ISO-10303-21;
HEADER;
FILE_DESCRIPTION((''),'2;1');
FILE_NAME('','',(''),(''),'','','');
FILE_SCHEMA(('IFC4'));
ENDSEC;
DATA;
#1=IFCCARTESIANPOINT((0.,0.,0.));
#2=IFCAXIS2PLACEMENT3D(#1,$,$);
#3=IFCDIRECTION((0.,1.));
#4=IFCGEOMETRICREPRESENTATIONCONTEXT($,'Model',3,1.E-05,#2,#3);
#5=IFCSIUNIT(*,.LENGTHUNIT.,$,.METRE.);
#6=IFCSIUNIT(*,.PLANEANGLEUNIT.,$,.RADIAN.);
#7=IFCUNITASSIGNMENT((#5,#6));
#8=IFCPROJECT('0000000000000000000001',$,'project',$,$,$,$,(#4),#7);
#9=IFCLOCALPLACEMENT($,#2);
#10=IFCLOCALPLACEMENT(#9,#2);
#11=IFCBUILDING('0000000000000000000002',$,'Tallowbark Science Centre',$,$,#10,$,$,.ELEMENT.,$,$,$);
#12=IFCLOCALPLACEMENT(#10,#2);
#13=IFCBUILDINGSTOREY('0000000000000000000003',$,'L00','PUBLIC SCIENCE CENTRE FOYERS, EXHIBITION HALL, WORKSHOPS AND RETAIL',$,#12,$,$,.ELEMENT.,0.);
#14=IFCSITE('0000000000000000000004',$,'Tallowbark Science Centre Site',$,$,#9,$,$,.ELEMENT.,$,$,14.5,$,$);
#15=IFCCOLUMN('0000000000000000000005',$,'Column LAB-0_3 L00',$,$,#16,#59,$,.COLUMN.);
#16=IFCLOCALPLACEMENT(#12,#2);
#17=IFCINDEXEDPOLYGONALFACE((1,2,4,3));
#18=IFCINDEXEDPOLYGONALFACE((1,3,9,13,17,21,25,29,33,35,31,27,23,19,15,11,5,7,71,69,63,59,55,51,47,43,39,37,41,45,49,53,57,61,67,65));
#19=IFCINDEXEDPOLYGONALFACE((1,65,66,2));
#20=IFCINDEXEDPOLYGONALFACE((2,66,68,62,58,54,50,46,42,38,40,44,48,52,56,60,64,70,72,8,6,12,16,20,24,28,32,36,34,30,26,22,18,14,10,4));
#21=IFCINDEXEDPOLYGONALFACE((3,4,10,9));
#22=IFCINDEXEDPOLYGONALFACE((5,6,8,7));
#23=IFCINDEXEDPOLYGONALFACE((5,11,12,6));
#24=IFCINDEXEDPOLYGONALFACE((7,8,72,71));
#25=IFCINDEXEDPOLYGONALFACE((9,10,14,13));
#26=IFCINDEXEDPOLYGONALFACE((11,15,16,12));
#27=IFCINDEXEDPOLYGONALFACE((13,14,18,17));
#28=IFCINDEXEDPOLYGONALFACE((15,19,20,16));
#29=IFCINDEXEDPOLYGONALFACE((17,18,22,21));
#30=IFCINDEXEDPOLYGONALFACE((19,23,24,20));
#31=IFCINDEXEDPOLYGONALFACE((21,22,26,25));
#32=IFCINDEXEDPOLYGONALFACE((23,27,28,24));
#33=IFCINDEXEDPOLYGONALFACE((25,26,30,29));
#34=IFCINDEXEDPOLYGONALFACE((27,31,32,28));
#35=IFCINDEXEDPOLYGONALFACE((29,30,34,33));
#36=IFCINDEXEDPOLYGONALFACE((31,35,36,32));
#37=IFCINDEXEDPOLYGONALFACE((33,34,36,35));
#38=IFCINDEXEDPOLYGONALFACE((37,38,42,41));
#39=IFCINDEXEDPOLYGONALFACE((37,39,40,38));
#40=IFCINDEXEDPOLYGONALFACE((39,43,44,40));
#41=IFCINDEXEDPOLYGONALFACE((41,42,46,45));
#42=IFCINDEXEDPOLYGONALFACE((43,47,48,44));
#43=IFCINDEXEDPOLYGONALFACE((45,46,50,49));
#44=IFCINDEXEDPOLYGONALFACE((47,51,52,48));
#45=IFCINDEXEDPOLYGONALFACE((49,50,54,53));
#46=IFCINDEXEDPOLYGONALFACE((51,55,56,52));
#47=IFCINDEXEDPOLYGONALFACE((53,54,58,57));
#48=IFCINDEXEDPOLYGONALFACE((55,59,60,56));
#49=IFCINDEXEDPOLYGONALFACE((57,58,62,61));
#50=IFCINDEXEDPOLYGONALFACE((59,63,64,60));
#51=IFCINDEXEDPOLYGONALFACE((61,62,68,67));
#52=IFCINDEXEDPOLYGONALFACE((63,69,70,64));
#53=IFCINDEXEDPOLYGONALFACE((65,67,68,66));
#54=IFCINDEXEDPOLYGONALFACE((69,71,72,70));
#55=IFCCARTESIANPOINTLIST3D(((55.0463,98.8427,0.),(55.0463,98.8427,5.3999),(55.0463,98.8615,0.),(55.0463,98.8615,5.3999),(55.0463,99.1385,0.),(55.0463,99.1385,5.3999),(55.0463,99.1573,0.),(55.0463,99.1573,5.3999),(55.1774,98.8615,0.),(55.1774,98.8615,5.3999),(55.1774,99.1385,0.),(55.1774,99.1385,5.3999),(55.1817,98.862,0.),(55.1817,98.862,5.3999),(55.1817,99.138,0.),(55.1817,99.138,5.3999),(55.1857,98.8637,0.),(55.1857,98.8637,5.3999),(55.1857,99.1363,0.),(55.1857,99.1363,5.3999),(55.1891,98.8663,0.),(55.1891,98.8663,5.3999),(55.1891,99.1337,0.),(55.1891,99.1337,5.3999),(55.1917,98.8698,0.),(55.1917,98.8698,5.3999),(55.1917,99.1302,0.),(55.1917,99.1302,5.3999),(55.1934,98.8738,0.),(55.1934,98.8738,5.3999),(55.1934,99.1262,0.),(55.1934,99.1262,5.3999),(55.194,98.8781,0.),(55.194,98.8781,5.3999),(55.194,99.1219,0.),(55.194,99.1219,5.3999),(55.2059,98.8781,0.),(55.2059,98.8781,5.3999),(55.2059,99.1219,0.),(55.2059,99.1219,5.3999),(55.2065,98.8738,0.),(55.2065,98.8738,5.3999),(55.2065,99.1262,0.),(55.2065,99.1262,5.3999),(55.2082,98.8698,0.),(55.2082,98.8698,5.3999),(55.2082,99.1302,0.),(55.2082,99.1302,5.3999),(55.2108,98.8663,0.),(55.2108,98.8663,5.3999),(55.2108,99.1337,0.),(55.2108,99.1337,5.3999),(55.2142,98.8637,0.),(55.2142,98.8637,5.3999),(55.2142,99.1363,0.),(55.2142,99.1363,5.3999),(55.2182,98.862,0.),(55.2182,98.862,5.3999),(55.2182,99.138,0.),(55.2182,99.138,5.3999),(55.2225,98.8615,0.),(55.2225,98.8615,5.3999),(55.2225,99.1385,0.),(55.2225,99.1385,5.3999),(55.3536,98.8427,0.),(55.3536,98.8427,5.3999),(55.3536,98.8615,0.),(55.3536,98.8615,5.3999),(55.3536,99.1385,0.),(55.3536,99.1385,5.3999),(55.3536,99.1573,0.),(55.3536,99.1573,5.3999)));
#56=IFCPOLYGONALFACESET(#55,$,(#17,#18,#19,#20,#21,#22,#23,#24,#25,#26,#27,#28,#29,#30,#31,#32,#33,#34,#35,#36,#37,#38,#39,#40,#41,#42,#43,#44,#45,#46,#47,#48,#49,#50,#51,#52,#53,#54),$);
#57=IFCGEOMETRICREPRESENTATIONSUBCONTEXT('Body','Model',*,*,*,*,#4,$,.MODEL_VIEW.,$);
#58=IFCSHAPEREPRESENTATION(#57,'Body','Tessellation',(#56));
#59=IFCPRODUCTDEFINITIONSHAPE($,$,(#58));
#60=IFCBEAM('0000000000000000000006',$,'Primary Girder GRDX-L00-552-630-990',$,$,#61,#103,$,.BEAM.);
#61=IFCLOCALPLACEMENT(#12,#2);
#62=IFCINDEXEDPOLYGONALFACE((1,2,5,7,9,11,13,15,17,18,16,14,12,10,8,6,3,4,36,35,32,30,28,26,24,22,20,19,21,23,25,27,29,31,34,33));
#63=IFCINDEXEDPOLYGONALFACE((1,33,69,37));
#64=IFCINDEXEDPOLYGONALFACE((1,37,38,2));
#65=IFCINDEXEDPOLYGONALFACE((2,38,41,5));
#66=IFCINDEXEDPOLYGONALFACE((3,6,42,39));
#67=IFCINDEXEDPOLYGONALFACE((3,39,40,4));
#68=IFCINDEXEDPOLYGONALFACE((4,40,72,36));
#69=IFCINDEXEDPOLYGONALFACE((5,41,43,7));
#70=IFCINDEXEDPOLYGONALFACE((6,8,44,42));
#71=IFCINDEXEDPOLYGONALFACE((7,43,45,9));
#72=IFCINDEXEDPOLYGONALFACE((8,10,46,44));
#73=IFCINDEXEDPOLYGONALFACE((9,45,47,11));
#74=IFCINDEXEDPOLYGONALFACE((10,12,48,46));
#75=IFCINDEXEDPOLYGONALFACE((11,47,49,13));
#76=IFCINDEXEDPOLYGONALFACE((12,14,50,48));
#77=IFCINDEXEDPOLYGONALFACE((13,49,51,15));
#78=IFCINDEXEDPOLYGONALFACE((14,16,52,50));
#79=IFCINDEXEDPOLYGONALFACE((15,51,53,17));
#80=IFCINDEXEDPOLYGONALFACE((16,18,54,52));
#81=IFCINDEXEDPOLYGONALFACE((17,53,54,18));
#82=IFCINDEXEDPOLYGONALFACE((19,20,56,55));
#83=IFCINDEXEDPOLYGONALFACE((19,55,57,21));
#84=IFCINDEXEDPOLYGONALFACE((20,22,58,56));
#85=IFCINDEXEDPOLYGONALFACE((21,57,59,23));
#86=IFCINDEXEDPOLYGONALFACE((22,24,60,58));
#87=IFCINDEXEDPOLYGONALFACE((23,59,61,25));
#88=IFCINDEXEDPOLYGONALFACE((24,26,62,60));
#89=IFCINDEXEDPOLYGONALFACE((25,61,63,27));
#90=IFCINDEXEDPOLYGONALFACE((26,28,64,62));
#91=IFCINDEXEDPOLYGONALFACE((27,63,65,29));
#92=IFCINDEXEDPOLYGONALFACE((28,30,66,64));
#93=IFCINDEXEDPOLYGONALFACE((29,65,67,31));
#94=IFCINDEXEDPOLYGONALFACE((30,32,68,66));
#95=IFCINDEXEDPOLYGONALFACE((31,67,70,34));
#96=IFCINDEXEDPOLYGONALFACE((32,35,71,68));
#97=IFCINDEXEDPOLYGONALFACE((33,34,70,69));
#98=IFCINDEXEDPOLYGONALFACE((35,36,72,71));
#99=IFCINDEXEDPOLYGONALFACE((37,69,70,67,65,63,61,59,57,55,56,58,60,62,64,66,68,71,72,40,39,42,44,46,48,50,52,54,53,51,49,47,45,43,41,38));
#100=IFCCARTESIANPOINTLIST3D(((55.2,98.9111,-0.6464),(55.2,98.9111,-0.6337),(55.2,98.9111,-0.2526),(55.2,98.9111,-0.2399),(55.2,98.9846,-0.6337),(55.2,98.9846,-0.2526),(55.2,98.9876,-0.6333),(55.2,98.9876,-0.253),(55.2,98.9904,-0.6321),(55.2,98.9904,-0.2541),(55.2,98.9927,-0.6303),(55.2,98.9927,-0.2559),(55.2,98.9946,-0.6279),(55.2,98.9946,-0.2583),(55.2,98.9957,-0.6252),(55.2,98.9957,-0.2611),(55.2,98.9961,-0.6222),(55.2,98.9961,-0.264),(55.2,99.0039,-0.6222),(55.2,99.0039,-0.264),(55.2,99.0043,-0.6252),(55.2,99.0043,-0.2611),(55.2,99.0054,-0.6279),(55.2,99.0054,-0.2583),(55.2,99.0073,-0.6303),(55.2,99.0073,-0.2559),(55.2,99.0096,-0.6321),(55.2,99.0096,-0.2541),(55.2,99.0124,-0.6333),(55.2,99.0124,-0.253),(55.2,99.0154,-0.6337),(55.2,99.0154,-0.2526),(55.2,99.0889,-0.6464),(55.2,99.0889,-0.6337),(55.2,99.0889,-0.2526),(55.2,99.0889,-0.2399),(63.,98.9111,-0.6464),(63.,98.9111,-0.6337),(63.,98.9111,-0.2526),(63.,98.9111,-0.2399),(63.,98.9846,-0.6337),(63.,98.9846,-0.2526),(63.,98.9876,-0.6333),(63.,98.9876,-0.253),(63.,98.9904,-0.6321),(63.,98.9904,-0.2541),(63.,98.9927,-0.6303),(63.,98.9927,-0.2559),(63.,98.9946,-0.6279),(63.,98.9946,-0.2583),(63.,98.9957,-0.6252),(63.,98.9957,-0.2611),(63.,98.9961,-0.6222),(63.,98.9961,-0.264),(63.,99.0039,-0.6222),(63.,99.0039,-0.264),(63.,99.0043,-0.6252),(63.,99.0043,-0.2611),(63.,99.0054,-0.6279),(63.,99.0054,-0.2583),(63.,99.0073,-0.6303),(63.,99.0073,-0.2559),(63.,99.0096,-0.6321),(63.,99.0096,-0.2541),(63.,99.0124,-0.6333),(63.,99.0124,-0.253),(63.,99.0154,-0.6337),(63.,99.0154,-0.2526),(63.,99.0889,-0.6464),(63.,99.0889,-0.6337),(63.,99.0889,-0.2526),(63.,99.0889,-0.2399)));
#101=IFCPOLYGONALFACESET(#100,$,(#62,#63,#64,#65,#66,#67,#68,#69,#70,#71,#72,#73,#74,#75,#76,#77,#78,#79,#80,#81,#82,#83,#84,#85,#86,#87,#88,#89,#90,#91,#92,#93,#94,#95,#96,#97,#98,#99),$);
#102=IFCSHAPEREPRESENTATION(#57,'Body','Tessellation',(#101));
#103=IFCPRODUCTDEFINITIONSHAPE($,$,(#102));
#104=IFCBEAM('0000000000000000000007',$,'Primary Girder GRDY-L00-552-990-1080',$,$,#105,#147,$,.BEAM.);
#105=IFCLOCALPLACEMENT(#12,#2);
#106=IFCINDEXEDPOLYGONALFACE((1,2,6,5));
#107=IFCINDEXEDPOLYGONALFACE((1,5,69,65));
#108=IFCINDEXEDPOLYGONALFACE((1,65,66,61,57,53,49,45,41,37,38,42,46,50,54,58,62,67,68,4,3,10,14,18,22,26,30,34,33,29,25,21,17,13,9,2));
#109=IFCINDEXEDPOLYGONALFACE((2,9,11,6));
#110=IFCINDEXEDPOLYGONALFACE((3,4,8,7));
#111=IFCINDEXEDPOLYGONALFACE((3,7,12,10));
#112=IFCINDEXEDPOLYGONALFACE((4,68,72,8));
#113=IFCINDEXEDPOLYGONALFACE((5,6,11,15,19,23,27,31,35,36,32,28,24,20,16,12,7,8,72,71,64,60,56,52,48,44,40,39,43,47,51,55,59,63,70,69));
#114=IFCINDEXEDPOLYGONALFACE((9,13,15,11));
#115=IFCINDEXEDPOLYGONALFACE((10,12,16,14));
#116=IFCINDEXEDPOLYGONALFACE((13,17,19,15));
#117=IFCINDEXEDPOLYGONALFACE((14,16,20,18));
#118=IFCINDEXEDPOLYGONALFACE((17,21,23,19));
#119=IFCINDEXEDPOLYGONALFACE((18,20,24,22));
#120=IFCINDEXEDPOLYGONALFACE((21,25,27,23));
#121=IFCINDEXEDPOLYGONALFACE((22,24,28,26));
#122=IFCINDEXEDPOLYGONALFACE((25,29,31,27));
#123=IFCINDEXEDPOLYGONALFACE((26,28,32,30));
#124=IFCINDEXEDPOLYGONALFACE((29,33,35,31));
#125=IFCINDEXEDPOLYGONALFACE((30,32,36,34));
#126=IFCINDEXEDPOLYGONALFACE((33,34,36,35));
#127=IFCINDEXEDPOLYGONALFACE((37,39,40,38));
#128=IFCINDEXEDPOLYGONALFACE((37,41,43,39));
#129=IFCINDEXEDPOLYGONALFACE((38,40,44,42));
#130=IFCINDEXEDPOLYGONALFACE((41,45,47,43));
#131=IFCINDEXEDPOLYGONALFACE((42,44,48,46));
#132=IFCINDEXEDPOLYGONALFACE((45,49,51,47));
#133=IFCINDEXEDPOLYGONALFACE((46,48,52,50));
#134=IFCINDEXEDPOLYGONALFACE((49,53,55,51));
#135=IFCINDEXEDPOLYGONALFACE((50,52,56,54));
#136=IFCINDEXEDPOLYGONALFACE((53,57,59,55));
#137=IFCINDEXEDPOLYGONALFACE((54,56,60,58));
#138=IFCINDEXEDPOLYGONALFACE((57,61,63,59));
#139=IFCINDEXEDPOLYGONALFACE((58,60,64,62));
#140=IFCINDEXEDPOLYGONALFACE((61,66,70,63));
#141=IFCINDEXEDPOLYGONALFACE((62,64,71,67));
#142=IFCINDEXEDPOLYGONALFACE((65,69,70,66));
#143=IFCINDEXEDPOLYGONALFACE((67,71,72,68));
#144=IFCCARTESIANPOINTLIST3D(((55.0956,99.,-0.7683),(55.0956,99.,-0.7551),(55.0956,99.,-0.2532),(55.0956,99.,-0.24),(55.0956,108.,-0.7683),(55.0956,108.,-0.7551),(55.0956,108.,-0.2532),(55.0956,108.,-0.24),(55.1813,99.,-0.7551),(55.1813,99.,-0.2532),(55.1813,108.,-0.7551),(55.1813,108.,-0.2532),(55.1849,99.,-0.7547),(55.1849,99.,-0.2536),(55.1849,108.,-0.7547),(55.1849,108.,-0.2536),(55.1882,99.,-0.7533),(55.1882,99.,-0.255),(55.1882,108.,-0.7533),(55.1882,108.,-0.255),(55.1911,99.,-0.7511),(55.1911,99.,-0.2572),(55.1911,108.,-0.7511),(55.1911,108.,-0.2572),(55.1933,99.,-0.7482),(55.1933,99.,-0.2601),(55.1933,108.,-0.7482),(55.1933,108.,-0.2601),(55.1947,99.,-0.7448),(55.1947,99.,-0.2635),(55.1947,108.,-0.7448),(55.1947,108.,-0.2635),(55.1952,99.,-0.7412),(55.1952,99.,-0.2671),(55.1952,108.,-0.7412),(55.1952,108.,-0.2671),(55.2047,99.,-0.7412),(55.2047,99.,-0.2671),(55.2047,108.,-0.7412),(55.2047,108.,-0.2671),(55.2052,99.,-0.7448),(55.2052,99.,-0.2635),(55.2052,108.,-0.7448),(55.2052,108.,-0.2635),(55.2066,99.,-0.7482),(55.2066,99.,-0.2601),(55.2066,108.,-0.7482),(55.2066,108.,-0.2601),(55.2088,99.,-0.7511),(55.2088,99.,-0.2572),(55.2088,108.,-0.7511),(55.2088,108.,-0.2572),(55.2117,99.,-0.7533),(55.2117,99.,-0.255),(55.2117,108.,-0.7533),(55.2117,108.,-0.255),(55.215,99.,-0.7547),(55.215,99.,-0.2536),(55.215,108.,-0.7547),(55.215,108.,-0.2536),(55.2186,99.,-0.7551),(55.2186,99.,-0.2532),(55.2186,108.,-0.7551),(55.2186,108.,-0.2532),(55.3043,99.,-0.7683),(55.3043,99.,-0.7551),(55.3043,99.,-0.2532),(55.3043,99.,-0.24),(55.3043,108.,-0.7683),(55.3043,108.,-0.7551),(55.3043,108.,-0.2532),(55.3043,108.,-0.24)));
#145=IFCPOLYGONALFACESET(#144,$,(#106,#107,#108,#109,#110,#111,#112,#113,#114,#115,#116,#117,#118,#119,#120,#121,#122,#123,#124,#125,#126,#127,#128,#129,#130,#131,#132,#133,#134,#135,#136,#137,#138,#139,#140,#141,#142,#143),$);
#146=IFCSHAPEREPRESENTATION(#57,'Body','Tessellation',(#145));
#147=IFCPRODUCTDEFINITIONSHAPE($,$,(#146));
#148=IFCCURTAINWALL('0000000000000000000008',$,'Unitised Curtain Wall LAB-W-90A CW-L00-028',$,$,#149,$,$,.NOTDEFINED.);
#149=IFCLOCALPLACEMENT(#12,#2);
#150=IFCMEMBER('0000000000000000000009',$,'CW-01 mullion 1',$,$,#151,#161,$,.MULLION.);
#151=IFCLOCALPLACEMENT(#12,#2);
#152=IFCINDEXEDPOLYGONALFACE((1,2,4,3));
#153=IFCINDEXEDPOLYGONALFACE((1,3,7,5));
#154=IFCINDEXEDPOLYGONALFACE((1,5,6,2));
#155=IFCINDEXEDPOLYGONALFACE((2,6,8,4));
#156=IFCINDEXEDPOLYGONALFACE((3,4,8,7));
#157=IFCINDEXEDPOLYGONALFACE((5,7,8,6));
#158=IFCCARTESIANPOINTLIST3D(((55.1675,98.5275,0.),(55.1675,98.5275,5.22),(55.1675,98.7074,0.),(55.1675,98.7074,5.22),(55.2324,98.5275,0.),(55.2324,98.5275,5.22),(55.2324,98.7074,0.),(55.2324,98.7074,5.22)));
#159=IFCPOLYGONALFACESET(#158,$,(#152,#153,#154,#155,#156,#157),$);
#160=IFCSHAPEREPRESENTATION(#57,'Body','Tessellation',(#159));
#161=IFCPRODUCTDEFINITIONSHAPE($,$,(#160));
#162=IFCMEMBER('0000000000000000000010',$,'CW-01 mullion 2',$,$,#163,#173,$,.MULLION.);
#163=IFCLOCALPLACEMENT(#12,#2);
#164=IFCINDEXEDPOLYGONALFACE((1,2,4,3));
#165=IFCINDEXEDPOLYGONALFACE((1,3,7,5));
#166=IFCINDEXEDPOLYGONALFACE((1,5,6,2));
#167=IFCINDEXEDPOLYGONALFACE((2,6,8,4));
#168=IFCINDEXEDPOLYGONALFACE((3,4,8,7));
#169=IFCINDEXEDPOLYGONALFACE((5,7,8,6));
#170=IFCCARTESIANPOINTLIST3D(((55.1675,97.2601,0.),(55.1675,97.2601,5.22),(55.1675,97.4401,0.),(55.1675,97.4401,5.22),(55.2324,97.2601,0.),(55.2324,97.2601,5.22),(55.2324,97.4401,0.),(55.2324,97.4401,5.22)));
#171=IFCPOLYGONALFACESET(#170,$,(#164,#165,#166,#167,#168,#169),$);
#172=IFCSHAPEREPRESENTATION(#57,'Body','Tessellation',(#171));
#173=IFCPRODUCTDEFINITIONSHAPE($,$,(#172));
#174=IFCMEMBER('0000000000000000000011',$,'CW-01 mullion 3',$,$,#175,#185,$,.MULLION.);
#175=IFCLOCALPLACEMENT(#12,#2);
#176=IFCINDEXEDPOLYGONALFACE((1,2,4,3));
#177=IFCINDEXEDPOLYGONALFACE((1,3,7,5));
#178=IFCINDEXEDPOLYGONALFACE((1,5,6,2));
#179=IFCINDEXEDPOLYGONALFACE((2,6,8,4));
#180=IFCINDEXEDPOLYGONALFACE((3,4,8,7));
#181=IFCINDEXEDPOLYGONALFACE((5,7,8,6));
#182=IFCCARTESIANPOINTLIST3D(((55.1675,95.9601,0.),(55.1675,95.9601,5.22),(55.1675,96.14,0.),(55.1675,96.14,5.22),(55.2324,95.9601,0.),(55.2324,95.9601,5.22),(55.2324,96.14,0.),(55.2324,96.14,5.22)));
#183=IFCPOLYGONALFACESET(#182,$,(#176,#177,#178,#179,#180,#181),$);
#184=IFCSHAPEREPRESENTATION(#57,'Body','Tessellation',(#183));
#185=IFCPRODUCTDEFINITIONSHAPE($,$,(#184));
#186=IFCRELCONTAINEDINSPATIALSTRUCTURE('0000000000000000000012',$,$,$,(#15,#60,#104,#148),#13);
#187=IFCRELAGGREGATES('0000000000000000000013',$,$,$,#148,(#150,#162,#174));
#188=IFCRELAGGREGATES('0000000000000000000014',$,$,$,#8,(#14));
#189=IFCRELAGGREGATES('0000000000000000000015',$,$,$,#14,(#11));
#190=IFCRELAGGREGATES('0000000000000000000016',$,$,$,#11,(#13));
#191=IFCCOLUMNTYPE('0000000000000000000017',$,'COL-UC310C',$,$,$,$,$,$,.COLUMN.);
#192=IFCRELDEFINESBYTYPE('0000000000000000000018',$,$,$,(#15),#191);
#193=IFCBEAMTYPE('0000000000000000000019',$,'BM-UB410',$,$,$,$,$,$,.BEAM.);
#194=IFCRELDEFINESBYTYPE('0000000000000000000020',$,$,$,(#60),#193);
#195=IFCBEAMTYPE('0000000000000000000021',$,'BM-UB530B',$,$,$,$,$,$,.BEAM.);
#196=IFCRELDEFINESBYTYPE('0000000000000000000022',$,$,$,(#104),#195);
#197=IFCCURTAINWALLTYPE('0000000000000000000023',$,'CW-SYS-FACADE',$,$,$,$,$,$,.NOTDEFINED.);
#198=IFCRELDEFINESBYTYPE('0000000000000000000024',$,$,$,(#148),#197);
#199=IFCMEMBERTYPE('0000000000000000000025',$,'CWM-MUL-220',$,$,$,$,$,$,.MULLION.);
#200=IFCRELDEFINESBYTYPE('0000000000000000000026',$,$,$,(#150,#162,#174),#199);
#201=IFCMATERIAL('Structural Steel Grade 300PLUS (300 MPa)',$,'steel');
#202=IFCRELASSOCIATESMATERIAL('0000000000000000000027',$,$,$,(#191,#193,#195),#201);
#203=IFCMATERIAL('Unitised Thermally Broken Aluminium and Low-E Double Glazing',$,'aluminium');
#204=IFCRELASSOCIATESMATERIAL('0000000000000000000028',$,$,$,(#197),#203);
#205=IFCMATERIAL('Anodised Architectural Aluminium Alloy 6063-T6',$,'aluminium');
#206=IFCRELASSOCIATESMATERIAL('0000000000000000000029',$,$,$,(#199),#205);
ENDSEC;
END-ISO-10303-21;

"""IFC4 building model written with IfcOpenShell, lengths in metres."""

from ifc_helpers import new_model, si_unit, direction, frame, origin, origin_2d, place, context, subcontext, project, spatial, rectangle, i_section, extrude, material, material_profile, profile_set, type_object, element, aggregate, save


model = new_model("IFC4")

# Units and contexts
model_context = context("Model", 3, precision=1e-05, world=origin(), true_north=direction((0.0, 1.0)))
body_context = subcontext(model_context, "Body", "Model", "MODEL_VIEW")
ifc_project = project(units=[si_unit("LENGTHUNIT", "METRE"), si_unit("PLANEANGLEUNIT", "RADIAN")], contexts=[model_context])

# Site, building, storey
site_placement = place(None, origin())
site = spatial("IfcSite", under=ifc_project, at=site_placement, Name="Tallowbark Science Centre Site", CompositionType="ELEMENT", RefElevation=14.5)
building_placement = place(site_placement, origin())
building = spatial("IfcBuilding", under=site, at=building_placement, Name="Tallowbark Science Centre", CompositionType="ELEMENT")
storey_placement = place(building_placement, origin())
storey = spatial("IfcBuildingStorey", under=building, at=storey_placement, Name="L00", Description="PUBLIC SCIENCE CENTRE FOYERS, EXHIBITION HALL, WORKSHOPS AND RETAIL", CompositionType="ELEMENT", Elevation=0.0)

# Column
ifc_material_1 = material(Name="Structural Steel Grade 300PLUS (300 MPa)", Category="steel")
ifc_material_profile_1 = material_profile(ifc_material_1, i_section(OverallWidth=0.3074, OverallDepth=0.3147, WebThickness=0.012, FlangeThickness=0.0188, FilletRadius=0.0166, at=origin_2d()), Name="310UC118")
ifc_profile_set_1 = profile_set([ifc_material_profile_1], Name="Structural Steel Grade 300PLUS (300 MPa)")
column_type = type_object("IfcColumnType", Name="COL-UC310C", PredefinedType="COLUMN", material=ifc_profile_set_1)
column_placement = place(storey_placement, frame((55.2, 99.0, 0.0), z_axis=(0.0, 0.0, 1.0), x_axis=(1.0, 0.0, 0.0)))
element("IfcColumn", 1, at=column_placement, inside=storey, type_object=column_type, Name="Column LAB-0_3 L00", PredefinedType="COLUMN", context=body_context, shape_type="SweptSolid", body=[
    extrude(i_section(OverallWidth=0.3074, OverallDepth=0.3147, WebThickness=0.012, FlangeThickness=0.0188, FilletRadius=0.0166, at=origin_2d()), origin(), (0.0, 0.0, 1.0), 5.3999),
])

# Beams
ifc_material_profile_2 = material_profile(ifc_material_1, i_section(OverallWidth=0.1777, OverallDepth=0.4065, WebThickness=0.0078, FlangeThickness=0.0127, FilletRadius=0.0115, at=origin_2d()), Name="410UB59.7")
ifc_profile_set_2 = profile_set([ifc_material_profile_2], Name="Structural Steel Grade 300PLUS (300 MPa)")
beam_type_1 = type_object("IfcBeamType", Name="BM-UB410", PredefinedType="BEAM", material=ifc_profile_set_2)
beam_1_placement = place(storey_placement, frame((55.2, 99.0, -0.4431), z_axis=(1.0, 0.0, 0.0), x_axis=(0.0, 1.0, 0.0)))
element("IfcBeam", 2, at=beam_1_placement, inside=storey, type_object=beam_type_1, Name="Primary Girder GRDX-L00-552-630-990", PredefinedType="BEAM", context=body_context, shape_type="SweptSolid", body=[
    extrude(i_section(OverallWidth=0.1777, OverallDepth=0.4065, WebThickness=0.0078, FlangeThickness=0.0127, FilletRadius=0.0115, at=origin_2d()), origin(), (0.0, 0.0, 1.0), 7.8),
])
ifc_material_profile_3 = material_profile(ifc_material_1, i_section(OverallWidth=0.2087, OverallDepth=0.5283, WebThickness=0.0095, FlangeThickness=0.0132, FilletRadius=0.0139, at=origin_2d()), Name="530UB82.0")
ifc_profile_set_3 = profile_set([ifc_material_profile_3], Name="Structural Steel Grade 300PLUS (300 MPa)")
beam_type_2 = type_object("IfcBeamType", Name="BM-UB530B", PredefinedType="BEAM", material=ifc_profile_set_3)
beam_2_placement = place(storey_placement, frame((55.2, 99.0, -0.5042), z_axis=(0.0, 1.0, 0.0), x_axis=(-1.0, 0.0, 0.0)))
element("IfcBeam", 3, at=beam_2_placement, inside=storey, type_object=beam_type_2, Name="Primary Girder GRDY-L00-552-990-1080", PredefinedType="BEAM", context=body_context, shape_type="SweptSolid", body=[
    extrude(i_section(OverallWidth=0.2087, OverallDepth=0.5283, WebThickness=0.0095, FlangeThickness=0.0132, FilletRadius=0.0139, at=origin_2d()), origin(), (0.0, 0.0, 1.0), 9.0),
])

# Curtain wall, members
ifc_material_2 = material(Name="Unitised Thermally Broken Aluminium and Low-E Double Glazing", Category="aluminium")
curtain_wall_type = type_object("IfcCurtainWallType", Name="CW-SYS-FACADE", PredefinedType="NOTDEFINED", material=ifc_material_2)
curtain_wall_1_placement = place(storey_placement, origin())
curtain_wall_1 = element("IfcCurtainWall", 4, at=curtain_wall_1_placement, inside=storey, type_object=curtain_wall_type, Name="Unitised Curtain Wall LAB-W-90A CW-L00-028", PredefinedType="NOTDEFINED")
ifc_material_3 = material(Name="Anodised Architectural Aluminium Alloy 6063-T6", Category="aluminium")
ifc_material_profile_4 = material_profile(ifc_material_3, rectangle(XDim=0.0649, YDim=0.1799, at=origin_2d()), Name="ALU65x180")
ifc_profile_set_4 = profile_set([ifc_material_profile_4], Name="Anodised Architectural Aluminium Alloy 6063-T6")
member_type_1 = type_object("IfcMemberType", Name="CWM-MUL-220", PredefinedType="MULLION", material=ifc_profile_set_4)
member_1_placement = place(storey_placement, frame((55.2, 98.6174, 0.0), z_axis=(0.0, 0.0, 1.0), x_axis=(1.0, 0.0, 0.0)))
member_1 = element("IfcMember", 5, at=member_1_placement, type_object=member_type_1, Name="CW-01 mullion 1", PredefinedType="MULLION", context=body_context, shape_type="SweptSolid", body=[
    extrude(rectangle(XDim=0.0649, YDim=0.1799, at=origin_2d()), origin(), (0.0, 0.0, 1.0), 5.22),
])
member_2_placement = place(storey_placement, frame((55.2, 97.3501, 0.0), z_axis=(0.0, 0.0, 1.0), x_axis=(1.0, 0.0, 0.0)))
member_2 = element("IfcMember", 6, at=member_2_placement, type_object=member_type_1, Name="CW-01 mullion 2", PredefinedType="MULLION", context=body_context, shape_type="SweptSolid", body=[
    extrude(rectangle(XDim=0.0649, YDim=0.1799, at=origin_2d()), origin(), (0.0, 0.0, 1.0), 5.22),
])
member_3_placement = place(storey_placement, frame((55.2, 96.05, 0.0), z_axis=(0.0, 0.0, 1.0), x_axis=(1.0, 0.0, 0.0)))
member_3 = element("IfcMember", 7, at=member_3_placement, type_object=member_type_1, Name="CW-01 mullion 3", PredefinedType="MULLION", context=body_context, shape_type="SweptSolid", body=[
    extrude(rectangle(XDim=0.0649, YDim=0.1799, at=origin_2d()), origin(), (0.0, 0.0, 1.0), 5.22),
])

aggregate(curtain_wall_1, [member_1, member_2, member_3])

save(model, "model.ifc")
